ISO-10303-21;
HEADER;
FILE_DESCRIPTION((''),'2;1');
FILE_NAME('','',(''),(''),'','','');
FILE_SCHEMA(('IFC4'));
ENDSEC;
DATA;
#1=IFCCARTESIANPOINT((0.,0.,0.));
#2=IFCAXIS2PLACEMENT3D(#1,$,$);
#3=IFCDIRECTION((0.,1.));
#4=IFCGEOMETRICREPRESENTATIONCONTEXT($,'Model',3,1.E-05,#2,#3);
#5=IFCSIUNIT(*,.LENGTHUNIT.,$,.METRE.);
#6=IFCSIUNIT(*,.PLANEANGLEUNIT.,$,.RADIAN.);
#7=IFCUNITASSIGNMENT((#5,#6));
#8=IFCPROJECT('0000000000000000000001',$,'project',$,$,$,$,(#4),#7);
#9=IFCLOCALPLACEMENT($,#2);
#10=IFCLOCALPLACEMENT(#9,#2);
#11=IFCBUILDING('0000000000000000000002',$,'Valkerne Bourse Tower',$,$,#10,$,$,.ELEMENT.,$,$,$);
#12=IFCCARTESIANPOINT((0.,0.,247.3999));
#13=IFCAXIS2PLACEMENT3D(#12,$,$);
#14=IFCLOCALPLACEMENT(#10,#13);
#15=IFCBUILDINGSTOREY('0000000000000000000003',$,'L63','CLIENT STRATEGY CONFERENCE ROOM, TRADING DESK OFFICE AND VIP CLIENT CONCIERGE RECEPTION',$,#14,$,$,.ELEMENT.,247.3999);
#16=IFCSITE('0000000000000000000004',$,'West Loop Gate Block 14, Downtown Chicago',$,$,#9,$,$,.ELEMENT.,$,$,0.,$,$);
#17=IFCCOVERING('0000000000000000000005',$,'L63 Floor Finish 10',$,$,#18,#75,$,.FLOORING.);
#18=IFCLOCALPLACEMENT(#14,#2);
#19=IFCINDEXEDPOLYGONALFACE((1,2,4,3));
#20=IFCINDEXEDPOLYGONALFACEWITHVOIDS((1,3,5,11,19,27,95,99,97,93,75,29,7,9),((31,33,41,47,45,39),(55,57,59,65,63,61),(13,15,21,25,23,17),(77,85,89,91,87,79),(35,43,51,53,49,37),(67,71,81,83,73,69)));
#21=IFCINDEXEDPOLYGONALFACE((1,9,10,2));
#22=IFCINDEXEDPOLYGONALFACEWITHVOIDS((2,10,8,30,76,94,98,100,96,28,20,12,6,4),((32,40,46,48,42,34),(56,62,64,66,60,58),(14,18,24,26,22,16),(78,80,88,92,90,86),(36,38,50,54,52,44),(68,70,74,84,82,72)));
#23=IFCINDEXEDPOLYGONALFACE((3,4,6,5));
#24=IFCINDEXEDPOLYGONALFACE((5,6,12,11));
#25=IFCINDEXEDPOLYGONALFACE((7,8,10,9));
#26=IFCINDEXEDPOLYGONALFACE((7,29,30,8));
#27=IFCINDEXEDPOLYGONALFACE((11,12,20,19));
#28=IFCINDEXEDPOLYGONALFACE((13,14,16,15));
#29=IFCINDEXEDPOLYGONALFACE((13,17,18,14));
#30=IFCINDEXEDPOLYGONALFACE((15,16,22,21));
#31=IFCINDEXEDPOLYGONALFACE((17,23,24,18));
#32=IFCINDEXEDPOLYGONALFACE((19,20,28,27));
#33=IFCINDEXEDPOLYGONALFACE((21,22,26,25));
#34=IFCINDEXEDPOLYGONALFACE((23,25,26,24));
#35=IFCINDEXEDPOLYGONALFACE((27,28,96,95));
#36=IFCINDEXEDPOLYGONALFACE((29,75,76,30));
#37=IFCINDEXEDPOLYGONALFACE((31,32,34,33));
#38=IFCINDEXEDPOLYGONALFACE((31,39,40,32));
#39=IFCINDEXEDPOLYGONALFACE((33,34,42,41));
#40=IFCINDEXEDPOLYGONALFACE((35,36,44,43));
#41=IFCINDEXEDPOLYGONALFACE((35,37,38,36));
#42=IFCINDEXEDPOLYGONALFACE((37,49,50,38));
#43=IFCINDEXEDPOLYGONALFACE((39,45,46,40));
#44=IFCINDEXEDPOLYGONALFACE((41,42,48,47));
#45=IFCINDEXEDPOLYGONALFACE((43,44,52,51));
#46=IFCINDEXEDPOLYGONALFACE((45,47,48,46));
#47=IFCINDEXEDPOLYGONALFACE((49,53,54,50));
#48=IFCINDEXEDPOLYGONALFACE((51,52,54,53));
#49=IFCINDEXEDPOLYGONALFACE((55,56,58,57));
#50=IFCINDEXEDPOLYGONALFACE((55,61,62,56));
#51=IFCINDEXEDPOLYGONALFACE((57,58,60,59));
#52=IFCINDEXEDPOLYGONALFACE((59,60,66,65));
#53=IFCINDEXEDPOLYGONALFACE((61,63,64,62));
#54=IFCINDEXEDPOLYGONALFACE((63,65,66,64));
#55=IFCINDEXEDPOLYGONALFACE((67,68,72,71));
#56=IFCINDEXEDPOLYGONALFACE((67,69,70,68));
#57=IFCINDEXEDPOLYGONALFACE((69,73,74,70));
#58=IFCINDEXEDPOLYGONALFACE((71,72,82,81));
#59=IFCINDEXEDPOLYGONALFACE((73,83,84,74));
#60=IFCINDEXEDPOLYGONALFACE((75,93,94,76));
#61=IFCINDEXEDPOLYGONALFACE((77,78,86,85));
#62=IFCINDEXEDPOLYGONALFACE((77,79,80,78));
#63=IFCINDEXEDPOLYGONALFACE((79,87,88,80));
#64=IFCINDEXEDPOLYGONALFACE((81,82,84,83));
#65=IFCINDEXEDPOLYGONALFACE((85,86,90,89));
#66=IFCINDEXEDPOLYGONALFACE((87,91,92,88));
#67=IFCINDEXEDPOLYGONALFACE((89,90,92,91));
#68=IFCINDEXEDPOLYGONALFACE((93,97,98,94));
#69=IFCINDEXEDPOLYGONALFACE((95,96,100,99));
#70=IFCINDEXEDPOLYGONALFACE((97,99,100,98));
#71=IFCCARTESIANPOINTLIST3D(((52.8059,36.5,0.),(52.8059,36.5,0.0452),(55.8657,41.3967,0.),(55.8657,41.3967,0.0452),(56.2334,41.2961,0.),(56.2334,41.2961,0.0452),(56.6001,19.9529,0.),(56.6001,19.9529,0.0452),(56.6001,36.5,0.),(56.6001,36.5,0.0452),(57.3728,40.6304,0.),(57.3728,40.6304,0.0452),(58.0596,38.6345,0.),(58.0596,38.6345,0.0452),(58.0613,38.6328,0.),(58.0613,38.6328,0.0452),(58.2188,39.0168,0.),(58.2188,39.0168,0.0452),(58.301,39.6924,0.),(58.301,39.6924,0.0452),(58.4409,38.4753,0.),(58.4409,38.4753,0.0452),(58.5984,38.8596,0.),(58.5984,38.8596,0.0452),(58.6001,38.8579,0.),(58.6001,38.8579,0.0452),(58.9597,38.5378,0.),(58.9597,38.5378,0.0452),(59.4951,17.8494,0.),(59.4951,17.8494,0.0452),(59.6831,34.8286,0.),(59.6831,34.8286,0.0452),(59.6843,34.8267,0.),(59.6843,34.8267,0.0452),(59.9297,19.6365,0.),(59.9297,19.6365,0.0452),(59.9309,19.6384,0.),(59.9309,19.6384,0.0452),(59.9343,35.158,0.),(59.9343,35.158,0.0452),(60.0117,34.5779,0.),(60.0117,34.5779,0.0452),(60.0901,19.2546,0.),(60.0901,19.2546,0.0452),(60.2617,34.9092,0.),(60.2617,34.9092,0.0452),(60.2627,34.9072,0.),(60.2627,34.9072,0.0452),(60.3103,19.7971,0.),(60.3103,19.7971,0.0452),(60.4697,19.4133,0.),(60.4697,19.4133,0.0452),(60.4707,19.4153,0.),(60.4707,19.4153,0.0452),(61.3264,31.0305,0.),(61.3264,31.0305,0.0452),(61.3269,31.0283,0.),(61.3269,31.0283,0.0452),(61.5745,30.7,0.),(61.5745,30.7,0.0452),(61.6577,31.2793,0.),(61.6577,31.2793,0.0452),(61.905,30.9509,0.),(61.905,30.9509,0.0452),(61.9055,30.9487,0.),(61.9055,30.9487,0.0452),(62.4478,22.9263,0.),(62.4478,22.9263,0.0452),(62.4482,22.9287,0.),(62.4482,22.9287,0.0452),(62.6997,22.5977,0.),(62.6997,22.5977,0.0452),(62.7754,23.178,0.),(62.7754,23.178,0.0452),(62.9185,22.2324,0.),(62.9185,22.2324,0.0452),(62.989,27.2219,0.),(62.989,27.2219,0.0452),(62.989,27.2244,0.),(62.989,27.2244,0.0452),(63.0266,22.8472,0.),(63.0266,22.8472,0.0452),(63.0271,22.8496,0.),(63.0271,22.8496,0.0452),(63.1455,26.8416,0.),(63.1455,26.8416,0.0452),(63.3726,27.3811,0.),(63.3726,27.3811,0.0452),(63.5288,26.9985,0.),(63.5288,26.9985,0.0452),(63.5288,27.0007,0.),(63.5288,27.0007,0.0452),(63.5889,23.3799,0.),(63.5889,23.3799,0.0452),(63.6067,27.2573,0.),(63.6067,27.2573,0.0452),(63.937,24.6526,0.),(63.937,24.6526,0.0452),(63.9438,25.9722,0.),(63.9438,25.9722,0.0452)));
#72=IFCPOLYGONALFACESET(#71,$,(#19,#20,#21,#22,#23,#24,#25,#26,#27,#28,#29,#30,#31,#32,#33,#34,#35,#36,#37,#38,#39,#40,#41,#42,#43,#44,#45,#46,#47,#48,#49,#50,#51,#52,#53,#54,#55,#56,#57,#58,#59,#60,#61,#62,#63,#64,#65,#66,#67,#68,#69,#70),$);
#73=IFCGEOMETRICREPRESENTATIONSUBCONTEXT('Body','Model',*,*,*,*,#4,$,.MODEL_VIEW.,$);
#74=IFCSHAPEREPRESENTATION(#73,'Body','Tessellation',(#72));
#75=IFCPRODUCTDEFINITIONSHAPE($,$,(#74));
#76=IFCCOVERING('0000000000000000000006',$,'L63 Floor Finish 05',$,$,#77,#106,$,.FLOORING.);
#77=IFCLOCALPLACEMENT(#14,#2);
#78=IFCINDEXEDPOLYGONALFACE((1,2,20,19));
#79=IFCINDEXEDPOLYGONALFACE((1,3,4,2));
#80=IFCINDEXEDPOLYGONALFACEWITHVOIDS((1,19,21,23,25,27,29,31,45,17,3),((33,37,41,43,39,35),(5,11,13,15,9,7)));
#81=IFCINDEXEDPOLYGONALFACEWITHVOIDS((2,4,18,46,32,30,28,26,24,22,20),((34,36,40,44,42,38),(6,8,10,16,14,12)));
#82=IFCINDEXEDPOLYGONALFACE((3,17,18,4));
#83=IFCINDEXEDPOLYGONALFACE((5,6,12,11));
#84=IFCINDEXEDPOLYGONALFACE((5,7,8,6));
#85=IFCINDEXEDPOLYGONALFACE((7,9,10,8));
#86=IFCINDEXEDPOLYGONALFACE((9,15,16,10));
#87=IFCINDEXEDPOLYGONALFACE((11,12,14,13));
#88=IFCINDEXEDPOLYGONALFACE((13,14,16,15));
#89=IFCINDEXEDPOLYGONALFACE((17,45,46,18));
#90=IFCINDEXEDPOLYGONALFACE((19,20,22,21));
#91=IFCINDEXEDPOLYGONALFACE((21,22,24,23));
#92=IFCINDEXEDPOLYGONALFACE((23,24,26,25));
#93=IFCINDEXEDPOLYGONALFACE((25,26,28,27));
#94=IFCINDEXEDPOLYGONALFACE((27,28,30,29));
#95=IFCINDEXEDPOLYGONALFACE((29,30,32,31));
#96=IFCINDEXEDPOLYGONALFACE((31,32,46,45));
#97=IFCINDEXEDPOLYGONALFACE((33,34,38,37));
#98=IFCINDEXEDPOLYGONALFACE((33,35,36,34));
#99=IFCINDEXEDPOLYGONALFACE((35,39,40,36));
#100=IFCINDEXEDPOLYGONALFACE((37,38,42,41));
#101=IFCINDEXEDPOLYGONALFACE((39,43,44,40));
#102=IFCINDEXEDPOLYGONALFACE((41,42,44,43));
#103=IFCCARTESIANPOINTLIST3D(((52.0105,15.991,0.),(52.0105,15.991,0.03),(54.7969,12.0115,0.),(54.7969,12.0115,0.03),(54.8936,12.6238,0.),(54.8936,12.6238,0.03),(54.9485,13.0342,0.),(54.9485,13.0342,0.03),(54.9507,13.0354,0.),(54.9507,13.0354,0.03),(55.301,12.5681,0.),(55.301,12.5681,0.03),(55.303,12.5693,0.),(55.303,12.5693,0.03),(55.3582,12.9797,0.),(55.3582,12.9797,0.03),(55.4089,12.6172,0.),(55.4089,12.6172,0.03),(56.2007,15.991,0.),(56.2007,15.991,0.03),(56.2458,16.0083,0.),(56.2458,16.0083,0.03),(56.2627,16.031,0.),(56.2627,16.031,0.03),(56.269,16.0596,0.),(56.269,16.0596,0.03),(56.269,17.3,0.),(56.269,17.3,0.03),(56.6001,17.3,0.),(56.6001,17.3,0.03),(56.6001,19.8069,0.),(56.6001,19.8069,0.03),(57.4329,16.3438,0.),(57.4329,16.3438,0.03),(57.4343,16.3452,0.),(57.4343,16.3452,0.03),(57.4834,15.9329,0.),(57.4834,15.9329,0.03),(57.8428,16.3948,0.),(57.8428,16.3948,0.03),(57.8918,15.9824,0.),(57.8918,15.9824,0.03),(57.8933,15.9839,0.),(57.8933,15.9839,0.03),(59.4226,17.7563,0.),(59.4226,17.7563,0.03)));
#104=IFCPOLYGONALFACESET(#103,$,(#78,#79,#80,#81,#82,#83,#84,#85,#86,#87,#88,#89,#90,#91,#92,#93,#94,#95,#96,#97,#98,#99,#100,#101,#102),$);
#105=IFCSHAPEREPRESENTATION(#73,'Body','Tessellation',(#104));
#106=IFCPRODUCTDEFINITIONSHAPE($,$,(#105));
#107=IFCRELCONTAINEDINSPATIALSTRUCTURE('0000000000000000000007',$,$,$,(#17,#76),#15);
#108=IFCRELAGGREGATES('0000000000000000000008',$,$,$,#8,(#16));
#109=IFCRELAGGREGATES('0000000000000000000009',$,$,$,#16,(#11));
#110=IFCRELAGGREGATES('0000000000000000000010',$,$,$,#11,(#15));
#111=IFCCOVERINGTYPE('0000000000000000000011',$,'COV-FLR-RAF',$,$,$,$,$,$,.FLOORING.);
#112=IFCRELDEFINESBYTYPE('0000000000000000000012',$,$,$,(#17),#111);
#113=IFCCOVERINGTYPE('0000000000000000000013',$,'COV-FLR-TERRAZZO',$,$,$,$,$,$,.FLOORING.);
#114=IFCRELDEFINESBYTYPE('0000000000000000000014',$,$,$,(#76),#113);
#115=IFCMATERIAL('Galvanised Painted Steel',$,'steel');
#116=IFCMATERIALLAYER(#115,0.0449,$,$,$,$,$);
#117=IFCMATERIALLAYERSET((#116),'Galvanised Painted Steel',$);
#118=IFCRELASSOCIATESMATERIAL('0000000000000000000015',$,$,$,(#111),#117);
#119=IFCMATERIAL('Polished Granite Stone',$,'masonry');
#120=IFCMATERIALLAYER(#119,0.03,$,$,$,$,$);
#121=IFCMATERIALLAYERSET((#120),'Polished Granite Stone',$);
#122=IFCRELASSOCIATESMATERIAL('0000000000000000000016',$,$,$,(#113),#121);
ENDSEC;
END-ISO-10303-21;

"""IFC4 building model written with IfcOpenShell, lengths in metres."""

from ifc_helpers import new_model, si_unit, direction, frame, origin, place, context, subcontext, project, spatial, polyline, outline, extrude, material, layer, layer_set, type_object, element, save


model = new_model("IFC4")

# Units and contexts
model_context = context("Model", 3, precision=1e-05, world=origin(), true_north=direction((0.0, 1.0)))
body_context = subcontext(model_context, "Body", "Model", "MODEL_VIEW")
ifc_project = project(units=[si_unit("LENGTHUNIT", "METRE"), si_unit("PLANEANGLEUNIT", "RADIAN")], contexts=[model_context])

# Site, building, storey
site_placement = place(None, origin())
site = spatial("IfcSite", under=ifc_project, at=site_placement, Name="West Loop Gate Block 14, Downtown Chicago", CompositionType="ELEMENT", RefElevation=0.0)
building_placement = place(site_placement, origin())
building = spatial("IfcBuilding", under=site, at=building_placement, Name="Valkerne Bourse Tower", CompositionType="ELEMENT")
storey_placement = place(building_placement, frame((0.0, 0.0, 247.3999)))
storey = spatial("IfcBuildingStorey", under=building, at=storey_placement, Name="L63", Description="CLIENT STRATEGY CONFERENCE ROOM, TRADING DESK OFFICE AND VIP CLIENT CONCIERGE RECEPTION", CompositionType="ELEMENT", Elevation=247.3999)

# Coverings
ifc_material_1 = material(Name="Galvanised Painted Steel", Category="steel")
ifc_layer_1 = layer(ifc_material_1, 0.0449)
ifc_layer_set_1 = layer_set([ifc_layer_1], Name="Galvanised Painted Steel")
covering_type_1 = type_object("IfcCoveringType", Name="COV-FLR-RAF", PredefinedType="FLOORING", material=ifc_layer_set_1)
covering_1_placement = place(storey_placement, origin())
element("IfcCovering", 1, at=covering_1_placement, inside=storey, type_object=covering_type_1, Name="L63 Floor Finish 10", PredefinedType="FLOORING", context=body_context, shape_type="SweptSolid", body=[
    extrude(outline(polyline([(58.301, 39.6924), (58.9597, 38.5378), (63.6067, 27.2573), (63.9438, 25.9722), (63.937, 24.6526), (63.5889, 23.3799), (62.9185, 22.2324), (59.4951, 17.8494), (56.6001, 19.9529), (56.6001, 36.5), (52.8059, 36.5), (55.8657, 41.3967), (56.2334, 41.2961), (57.3728, 40.6304), (58.301, 39.6924)]), holes=[polyline([(60.4707, 19.4153), (60.3103, 19.7971), (59.9309, 19.6384), (59.9297, 19.6365), (60.0901, 19.2546), (60.4697, 19.4133), (60.4707, 19.4153)]), polyline([(63.0271, 22.8496), (62.7754, 23.178), (62.4482, 22.9287), (62.4478, 22.9263), (62.6997, 22.5977), (63.0266, 22.8472), (63.0271, 22.8496)]), polyline([(63.5288, 27.0007), (63.3726, 27.3811), (62.989, 27.2244), (62.989, 27.2219), (63.1455, 26.8416), (63.5288, 26.9985), (63.5288, 27.0007)]), polyline([(61.905, 30.9509), (61.6577, 31.2793), (61.3264, 31.0305), (61.3269, 31.0283), (61.5745, 30.7), (61.9055, 30.9487), (61.905, 30.9509)]), polyline([(60.2617, 34.9092), (59.9343, 35.158), (59.6831, 34.8286), (59.6843, 34.8267), (60.0117, 34.5779), (60.2627, 34.9072), (60.2617, 34.9092)]), polyline([(58.5984, 38.8596), (58.2188, 39.0168), (58.0596, 38.6345), (58.0613, 38.6328), (58.4409, 38.4753), (58.6001, 38.8579), (58.5984, 38.8596)])]), origin(), (0.0, 0.0, 1.0), 0.0452),
])
ifc_material_2 = material(Name="Polished Granite Stone", Category="masonry")
ifc_layer_2 = layer(ifc_material_2, 0.03)
ifc_layer_set_2 = layer_set([ifc_layer_2], Name="Polished Granite Stone")
covering_type_2 = type_object("IfcCoveringType", Name="COV-FLR-TERRAZZO", PredefinedType="FLOORING", material=ifc_layer_set_2)
covering_2_placement = place(storey_placement, origin())
element("IfcCovering", 2, at=covering_2_placement, inside=storey, type_object=covering_type_2, Name="L63 Floor Finish 05", PredefinedType="FLOORING", context=body_context, shape_type="SweptSolid", body=[
    extrude(outline(polyline([(52.0105, 15.991), (56.2007, 15.991), (56.2458, 16.0083), (56.2627, 16.031), (56.269, 16.0596), (56.269, 17.3), (56.6001, 17.3), (56.6001, 19.8069), (59.4226, 17.7563), (55.4089, 12.6172), (54.7969, 12.0115), (52.0105, 15.991)]), holes=[polyline([(55.3582, 12.9797), (54.9507, 13.0354), (54.9485, 13.0342), (54.8936, 12.6238), (55.301, 12.5681), (55.303, 12.5693), (55.3582, 12.9797)]), polyline([(57.8933, 15.9839), (57.8428, 16.3948), (57.4343, 16.3452), (57.4329, 16.3438), (57.4834, 15.9329), (57.8918, 15.9824), (57.8933, 15.9839)])]), origin(), (0.0, 0.0, 1.0), 0.03),
])

save(model, "model.ifc")
